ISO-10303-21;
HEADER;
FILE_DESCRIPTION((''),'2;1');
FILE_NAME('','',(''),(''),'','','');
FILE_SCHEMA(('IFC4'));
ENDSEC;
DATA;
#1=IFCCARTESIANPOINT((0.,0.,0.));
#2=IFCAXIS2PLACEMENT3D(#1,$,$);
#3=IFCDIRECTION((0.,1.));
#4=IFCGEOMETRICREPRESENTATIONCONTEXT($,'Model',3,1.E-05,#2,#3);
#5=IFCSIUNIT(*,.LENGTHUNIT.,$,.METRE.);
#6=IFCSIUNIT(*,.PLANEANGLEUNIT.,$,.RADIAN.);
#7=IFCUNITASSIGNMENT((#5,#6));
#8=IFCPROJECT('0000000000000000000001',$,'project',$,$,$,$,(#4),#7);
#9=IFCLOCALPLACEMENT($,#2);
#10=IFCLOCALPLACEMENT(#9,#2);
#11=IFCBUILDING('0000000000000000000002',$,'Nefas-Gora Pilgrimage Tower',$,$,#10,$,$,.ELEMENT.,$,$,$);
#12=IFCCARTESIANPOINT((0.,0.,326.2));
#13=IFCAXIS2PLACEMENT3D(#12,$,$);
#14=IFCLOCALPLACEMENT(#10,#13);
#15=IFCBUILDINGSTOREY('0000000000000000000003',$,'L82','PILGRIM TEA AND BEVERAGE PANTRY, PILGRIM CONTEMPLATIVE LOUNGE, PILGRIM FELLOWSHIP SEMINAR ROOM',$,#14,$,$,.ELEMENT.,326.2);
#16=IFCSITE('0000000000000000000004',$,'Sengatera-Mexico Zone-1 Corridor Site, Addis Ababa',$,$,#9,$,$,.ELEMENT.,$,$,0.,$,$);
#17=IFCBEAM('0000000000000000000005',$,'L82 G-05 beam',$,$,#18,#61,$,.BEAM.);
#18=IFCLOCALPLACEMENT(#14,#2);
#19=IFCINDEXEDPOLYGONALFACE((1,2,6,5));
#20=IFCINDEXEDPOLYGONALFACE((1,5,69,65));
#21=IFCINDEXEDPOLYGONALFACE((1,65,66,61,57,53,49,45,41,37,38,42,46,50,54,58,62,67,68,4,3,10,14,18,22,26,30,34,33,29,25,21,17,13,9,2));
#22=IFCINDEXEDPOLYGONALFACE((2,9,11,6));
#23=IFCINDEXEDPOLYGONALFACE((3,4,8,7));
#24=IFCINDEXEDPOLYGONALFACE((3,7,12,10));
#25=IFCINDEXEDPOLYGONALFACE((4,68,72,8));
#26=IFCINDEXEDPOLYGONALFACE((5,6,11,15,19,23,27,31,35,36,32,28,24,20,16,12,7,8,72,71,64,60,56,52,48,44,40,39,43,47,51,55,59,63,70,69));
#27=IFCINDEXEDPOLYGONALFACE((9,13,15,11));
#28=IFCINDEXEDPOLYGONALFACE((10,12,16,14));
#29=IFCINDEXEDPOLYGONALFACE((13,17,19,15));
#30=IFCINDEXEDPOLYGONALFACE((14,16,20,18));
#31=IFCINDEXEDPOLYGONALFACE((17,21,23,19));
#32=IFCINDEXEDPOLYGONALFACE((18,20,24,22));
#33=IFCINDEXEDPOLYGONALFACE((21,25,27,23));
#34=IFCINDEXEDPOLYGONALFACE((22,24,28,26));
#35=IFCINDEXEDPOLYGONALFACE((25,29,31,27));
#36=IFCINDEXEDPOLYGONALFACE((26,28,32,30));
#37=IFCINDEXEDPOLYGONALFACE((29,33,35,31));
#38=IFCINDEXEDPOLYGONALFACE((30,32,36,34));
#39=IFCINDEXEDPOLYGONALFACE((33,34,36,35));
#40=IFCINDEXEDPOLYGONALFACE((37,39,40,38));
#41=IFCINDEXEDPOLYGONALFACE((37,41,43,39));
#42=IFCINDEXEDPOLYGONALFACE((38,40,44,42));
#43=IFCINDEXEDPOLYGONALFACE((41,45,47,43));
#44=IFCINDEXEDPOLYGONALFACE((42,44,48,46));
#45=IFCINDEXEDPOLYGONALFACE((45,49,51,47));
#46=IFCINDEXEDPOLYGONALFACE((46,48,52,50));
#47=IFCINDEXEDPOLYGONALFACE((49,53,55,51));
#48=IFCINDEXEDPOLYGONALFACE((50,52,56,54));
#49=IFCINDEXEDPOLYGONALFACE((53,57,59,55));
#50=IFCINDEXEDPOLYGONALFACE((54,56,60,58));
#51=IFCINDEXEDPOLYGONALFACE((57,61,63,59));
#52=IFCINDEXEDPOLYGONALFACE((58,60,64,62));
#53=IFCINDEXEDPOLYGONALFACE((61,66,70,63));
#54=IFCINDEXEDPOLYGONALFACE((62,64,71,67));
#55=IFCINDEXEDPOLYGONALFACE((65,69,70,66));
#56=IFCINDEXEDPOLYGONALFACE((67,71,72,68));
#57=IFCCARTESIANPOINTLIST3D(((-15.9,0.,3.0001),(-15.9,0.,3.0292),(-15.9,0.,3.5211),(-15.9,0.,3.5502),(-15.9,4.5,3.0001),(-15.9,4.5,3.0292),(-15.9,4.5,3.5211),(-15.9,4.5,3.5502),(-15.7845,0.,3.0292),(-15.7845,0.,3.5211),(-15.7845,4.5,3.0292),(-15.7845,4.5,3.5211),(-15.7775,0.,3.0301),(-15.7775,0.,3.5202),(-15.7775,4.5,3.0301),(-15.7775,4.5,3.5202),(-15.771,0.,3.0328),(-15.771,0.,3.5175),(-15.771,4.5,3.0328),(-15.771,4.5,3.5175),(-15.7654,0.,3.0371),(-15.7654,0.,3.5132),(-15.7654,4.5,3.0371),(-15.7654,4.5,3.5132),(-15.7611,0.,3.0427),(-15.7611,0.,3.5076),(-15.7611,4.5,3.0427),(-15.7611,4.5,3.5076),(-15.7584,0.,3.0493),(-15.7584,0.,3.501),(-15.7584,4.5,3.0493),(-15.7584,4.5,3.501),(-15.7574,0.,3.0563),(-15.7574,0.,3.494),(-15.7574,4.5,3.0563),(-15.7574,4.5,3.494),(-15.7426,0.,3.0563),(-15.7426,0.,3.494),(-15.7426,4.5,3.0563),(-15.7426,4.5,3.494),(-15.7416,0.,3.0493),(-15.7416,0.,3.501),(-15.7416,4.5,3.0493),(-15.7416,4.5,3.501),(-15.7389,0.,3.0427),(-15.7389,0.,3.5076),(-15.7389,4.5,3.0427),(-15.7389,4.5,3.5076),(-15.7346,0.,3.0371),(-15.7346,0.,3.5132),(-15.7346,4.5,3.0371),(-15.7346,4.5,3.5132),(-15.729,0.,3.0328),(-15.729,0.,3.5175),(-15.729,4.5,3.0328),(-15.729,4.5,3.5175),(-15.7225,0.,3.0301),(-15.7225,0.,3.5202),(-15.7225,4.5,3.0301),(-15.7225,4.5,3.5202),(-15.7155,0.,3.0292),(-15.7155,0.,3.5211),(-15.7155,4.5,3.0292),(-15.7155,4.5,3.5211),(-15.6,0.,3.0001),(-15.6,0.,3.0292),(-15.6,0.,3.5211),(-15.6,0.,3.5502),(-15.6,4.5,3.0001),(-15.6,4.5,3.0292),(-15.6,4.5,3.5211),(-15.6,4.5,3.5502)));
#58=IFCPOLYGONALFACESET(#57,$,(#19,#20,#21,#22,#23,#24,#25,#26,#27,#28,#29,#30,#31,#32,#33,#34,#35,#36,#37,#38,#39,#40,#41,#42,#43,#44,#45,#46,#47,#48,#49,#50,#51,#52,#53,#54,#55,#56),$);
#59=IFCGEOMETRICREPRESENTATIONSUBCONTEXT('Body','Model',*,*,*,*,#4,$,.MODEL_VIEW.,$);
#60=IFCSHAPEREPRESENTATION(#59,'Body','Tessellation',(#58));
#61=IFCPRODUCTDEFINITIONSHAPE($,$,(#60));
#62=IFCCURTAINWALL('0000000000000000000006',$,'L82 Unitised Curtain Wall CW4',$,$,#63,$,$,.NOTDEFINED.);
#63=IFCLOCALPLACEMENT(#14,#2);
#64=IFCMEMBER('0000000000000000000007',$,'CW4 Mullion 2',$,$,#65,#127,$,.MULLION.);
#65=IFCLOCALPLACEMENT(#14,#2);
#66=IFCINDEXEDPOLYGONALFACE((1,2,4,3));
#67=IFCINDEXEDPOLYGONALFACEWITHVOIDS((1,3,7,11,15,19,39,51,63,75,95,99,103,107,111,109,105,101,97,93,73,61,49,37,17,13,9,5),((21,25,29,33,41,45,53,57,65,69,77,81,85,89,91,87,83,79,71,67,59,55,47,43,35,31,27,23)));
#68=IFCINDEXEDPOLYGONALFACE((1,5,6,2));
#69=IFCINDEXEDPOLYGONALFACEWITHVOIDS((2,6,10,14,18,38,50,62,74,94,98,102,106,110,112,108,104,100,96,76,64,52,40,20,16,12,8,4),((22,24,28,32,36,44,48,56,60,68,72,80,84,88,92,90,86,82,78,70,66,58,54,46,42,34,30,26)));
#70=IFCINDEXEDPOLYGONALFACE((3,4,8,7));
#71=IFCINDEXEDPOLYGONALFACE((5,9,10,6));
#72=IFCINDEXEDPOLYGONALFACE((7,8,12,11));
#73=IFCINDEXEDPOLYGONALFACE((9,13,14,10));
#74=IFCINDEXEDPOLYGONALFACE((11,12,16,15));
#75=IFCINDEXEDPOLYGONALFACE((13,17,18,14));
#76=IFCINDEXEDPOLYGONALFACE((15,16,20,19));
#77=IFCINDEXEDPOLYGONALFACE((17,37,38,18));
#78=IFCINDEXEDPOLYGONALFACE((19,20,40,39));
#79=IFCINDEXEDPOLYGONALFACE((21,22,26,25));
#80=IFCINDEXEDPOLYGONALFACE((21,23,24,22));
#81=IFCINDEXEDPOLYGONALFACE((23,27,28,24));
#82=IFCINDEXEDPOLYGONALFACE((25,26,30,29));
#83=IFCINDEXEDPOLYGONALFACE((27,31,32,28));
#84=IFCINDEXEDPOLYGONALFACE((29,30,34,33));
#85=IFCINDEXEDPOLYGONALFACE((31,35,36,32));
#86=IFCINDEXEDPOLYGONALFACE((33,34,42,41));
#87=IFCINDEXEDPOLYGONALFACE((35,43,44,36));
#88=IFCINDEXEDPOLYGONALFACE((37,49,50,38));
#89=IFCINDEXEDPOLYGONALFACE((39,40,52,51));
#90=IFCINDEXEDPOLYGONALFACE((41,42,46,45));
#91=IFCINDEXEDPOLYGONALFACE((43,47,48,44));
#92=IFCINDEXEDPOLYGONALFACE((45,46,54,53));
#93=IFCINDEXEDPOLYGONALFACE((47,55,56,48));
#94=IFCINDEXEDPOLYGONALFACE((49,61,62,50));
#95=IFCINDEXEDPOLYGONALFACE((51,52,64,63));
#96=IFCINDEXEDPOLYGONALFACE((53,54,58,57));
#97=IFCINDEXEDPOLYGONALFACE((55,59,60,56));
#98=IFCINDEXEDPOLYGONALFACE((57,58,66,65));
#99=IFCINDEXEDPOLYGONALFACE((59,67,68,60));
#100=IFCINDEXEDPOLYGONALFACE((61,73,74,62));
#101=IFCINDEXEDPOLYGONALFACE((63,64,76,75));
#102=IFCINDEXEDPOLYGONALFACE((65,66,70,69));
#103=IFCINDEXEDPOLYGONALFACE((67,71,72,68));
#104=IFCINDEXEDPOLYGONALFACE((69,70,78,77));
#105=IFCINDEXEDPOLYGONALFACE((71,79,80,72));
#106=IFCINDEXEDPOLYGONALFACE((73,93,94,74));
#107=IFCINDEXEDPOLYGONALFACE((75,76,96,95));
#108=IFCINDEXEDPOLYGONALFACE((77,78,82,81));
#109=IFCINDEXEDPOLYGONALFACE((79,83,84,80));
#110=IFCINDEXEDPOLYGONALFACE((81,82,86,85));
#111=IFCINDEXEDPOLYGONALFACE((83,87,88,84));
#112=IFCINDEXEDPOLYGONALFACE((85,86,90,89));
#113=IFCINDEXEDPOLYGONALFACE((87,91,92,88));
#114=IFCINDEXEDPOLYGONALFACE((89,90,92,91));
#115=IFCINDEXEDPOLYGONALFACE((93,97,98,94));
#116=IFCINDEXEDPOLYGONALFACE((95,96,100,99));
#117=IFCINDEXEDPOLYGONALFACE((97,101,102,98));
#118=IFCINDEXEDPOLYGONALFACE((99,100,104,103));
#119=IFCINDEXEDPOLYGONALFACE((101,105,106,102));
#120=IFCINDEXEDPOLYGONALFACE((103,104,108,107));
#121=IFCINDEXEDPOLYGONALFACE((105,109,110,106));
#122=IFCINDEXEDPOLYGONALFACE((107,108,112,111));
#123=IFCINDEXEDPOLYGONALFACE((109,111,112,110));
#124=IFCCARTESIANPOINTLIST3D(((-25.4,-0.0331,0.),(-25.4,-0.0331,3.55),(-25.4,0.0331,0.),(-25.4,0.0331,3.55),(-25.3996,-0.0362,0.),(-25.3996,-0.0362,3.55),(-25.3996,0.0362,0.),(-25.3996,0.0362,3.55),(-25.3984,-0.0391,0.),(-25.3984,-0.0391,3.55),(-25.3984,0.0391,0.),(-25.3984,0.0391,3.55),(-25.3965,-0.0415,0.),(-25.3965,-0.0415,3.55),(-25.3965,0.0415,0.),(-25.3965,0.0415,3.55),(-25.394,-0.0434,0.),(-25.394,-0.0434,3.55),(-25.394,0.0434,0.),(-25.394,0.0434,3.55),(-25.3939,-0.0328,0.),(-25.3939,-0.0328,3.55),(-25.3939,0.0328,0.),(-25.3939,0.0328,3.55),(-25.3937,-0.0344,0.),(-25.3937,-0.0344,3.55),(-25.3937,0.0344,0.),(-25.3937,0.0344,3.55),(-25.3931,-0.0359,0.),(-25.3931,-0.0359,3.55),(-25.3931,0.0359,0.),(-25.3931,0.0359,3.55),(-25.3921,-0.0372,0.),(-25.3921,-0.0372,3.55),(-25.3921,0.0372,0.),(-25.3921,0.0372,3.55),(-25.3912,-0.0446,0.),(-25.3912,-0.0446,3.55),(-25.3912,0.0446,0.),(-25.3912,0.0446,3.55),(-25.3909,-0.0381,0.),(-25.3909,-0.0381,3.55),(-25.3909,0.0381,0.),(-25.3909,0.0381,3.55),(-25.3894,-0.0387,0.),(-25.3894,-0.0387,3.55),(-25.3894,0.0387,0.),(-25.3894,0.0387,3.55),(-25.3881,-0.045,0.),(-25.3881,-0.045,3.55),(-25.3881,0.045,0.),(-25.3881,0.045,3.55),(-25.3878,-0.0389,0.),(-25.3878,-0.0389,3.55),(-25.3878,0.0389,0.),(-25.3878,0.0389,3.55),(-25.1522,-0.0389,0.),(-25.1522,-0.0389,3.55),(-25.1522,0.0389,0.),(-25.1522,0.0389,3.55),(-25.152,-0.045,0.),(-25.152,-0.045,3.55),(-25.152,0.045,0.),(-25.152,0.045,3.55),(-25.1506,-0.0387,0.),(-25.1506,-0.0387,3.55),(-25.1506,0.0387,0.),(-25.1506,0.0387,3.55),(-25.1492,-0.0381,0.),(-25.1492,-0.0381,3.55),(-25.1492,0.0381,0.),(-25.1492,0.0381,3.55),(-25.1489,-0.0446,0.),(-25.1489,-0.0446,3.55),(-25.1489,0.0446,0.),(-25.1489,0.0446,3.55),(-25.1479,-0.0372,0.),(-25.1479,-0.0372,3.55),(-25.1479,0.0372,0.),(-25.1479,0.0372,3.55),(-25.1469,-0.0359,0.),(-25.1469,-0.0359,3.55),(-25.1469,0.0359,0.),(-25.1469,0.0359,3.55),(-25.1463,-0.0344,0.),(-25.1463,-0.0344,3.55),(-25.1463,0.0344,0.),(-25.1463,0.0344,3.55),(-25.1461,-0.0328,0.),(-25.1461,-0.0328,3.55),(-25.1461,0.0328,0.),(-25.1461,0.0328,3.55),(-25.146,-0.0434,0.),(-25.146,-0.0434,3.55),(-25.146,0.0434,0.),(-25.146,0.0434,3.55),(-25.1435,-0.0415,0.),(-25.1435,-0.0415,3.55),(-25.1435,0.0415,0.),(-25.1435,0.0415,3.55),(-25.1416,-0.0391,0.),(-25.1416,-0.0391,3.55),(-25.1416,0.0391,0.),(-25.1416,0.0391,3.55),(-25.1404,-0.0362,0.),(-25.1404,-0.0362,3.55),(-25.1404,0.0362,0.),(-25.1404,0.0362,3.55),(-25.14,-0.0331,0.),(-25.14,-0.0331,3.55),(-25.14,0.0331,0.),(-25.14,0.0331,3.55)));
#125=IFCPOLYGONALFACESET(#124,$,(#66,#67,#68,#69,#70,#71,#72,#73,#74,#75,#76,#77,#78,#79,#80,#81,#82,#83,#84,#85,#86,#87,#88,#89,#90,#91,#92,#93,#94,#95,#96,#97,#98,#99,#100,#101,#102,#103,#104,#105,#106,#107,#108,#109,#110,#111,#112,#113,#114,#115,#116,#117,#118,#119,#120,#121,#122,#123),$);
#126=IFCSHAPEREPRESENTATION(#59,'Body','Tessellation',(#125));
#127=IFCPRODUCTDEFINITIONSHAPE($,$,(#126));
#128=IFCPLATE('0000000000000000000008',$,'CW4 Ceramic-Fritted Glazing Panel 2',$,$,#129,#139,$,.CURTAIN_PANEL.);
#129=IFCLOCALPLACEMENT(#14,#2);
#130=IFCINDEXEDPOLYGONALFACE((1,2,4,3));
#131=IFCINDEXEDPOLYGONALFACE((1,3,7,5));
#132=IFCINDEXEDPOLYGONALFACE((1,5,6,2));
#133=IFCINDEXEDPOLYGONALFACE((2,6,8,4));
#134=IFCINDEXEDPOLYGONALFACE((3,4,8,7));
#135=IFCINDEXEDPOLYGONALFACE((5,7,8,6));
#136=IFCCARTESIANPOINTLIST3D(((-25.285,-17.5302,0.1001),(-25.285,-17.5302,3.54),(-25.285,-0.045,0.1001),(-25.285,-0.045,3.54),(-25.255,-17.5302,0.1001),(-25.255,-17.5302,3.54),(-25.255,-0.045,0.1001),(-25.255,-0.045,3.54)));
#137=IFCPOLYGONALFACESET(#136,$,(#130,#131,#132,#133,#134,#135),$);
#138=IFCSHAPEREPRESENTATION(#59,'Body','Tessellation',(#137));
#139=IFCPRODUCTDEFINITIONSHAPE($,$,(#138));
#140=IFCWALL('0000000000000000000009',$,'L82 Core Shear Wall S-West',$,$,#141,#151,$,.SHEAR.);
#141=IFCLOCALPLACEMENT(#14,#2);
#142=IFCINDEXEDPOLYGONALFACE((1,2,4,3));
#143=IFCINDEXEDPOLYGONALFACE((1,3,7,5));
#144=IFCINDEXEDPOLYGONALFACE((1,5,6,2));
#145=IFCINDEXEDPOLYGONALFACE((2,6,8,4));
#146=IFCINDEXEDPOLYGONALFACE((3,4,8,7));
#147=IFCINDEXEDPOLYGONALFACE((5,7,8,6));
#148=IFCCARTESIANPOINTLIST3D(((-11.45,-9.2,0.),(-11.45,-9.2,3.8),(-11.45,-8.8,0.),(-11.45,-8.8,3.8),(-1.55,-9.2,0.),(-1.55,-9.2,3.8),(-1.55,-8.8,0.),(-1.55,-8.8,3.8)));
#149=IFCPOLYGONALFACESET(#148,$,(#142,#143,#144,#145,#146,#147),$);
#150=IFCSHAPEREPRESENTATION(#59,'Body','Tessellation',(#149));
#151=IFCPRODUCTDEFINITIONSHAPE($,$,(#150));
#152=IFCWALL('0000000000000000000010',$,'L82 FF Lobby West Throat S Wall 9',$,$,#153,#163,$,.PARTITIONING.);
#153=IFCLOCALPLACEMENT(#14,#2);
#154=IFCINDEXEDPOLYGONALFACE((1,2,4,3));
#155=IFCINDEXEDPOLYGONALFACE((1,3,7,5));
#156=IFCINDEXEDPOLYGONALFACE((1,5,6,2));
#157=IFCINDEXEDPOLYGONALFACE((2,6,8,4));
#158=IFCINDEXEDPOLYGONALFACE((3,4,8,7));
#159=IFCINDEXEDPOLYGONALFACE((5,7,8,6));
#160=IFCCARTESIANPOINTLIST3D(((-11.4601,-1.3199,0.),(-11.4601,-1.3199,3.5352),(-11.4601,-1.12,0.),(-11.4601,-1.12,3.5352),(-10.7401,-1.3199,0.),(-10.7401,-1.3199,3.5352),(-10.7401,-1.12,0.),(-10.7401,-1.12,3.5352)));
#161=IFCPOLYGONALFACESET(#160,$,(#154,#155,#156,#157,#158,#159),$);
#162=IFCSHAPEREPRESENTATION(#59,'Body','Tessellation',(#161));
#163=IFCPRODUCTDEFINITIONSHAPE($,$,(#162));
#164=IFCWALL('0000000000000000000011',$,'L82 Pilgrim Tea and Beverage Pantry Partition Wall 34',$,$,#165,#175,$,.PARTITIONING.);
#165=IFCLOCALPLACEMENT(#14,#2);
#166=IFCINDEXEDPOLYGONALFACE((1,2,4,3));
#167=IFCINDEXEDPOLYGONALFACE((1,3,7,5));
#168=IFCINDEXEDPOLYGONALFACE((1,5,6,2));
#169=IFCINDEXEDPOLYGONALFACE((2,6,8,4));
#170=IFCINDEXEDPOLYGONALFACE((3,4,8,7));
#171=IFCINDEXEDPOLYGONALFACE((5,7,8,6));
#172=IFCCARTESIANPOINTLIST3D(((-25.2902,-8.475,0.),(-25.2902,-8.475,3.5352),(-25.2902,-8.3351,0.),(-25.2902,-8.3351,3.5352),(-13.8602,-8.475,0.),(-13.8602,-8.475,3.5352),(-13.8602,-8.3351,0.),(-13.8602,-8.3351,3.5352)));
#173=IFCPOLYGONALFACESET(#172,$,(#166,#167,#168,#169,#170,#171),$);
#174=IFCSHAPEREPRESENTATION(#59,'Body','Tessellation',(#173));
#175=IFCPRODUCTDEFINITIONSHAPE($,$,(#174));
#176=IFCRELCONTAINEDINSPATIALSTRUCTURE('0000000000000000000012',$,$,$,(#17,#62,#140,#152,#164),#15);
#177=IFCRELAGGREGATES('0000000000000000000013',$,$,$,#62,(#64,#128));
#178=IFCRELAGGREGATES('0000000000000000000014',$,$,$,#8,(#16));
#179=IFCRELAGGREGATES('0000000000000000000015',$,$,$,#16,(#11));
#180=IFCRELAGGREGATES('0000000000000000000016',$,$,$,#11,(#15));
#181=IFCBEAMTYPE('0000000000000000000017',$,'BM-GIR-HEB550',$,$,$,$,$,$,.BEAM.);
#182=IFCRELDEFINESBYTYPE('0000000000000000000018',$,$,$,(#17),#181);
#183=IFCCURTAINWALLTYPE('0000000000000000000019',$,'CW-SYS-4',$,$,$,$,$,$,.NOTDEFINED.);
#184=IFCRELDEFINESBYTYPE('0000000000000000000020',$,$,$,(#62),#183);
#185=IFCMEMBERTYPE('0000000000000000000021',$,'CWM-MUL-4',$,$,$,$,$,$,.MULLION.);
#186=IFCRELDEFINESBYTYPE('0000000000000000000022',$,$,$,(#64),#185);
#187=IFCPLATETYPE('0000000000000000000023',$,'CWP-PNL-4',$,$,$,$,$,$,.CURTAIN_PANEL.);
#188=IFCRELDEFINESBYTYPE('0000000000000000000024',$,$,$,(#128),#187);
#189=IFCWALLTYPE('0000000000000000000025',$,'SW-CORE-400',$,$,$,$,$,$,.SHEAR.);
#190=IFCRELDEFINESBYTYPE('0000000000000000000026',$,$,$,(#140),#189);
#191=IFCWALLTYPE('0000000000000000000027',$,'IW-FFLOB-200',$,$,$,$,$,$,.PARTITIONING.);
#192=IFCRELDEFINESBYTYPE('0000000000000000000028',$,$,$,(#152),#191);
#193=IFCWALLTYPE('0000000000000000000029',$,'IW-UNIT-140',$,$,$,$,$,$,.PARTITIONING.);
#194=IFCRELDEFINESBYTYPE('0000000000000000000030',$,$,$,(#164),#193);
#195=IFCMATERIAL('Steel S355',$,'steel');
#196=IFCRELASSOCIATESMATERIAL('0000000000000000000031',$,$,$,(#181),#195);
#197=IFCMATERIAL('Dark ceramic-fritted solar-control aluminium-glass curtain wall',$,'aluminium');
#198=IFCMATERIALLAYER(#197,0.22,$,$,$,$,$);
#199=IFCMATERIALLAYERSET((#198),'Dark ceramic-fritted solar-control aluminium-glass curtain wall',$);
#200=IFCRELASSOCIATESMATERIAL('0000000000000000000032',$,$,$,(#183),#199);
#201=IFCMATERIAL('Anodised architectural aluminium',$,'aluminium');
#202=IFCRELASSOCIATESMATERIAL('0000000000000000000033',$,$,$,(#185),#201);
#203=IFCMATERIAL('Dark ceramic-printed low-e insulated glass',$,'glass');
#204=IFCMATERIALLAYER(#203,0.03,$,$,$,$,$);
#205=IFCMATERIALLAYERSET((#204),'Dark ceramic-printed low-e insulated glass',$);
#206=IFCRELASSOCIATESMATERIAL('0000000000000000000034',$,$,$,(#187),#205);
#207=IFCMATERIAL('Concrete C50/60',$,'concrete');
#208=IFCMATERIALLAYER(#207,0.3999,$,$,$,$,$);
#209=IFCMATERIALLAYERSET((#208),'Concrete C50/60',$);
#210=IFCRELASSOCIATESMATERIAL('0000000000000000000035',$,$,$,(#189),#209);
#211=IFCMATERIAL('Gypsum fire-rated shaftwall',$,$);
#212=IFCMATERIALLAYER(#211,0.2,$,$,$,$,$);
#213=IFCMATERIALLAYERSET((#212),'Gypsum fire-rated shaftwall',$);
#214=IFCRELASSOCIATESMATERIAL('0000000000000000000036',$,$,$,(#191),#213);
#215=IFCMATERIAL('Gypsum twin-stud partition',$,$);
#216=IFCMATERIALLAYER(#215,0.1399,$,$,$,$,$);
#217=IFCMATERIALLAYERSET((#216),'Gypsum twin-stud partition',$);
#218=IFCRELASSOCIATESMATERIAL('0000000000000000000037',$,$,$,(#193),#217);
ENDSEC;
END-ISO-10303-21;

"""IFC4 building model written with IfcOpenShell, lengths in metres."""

from ifc_helpers import new_model, si_unit, direction, frame, frame_2d, origin, origin_2d, place, context, subcontext, project, spatial, rectangle, hollow_rectangle, i_section, extrude, source, transform, mapped, material, layer, layer_set, material_profile, profile_set, type_object, element, aggregate, save


model = new_model("IFC4")

# Units and contexts
model_context = context("Model", 3, precision=1e-05, world=origin(), true_north=direction((0.0, 1.0)))
body_context = subcontext(model_context, "Body", "Model", "MODEL_VIEW")
ifc_project = project(units=[si_unit("LENGTHUNIT", "METRE"), si_unit("PLANEANGLEUNIT", "RADIAN")], contexts=[model_context])

# Site, building, storey
site_placement = place(None, origin())
site = spatial("IfcSite", under=ifc_project, at=site_placement, Name="Sengatera-Mexico Zone-1 Corridor Site, Addis Ababa", CompositionType="ELEMENT", RefElevation=0.0)
building_placement = place(site_placement, origin())
building = spatial("IfcBuilding", under=site, at=building_placement, Name="Nefas-Gora Pilgrimage Tower", CompositionType="ELEMENT")
storey_placement = place(building_placement, frame((0.0, 0.0, 326.2)))
storey = spatial("IfcBuildingStorey", under=building, at=storey_placement, Name="L82", Description="PILGRIM TEA AND BEVERAGE PANTRY, PILGRIM CONTEMPLATIVE LOUNGE, PILGRIM FELLOWSHIP SEMINAR ROOM", CompositionType="ELEMENT", Elevation=326.2)

# Shared definitions
ifc_material_1 = material(Name="Steel S355", Category="steel")

# Beam
ifc_material_profile_1 = material_profile(ifc_material_1, i_section(OverallWidth=0.3, OverallDepth=0.55, WebThickness=0.0149, FlangeThickness=0.0291, FilletRadius=0.0271, at=origin_2d()), Name="HEB 550")
ifc_profile_set_1 = profile_set([ifc_material_profile_1], Name="Steel S355")
beam_type_1 = type_object("IfcBeamType", Name="BM-GIR-HEB550", PredefinedType="BEAM", material=ifc_profile_set_1)
shared_shape_1 = source(origin(), body_context, "Body", "SweptSolid", [
    extrude(i_section(OverallWidth=0.3, OverallDepth=0.55, WebThickness=0.0149, FlangeThickness=0.0291, FilletRadius=0.0271, at=origin_2d()), origin(), (0.0, 0.0, 1.0), 4.5),
])
for number, where, z_axis, x_axis, name in (
    (1, (-15.75, 0.0, 3.2751), (0.0, 1.0, 0.0), (-1.0, 0.0, 0.0), "L82 G-05 beam"),
):
    element("IfcBeam", number, at=place(storey_placement, frame(where, z_axis=z_axis, x_axis=x_axis)), inside=storey, type_object=beam_type_1, Name=name, PredefinedType="BEAM", context=body_context, shape_type="MappedRepresentation", body=[
        mapped(shared_shape_1, transform((0.0, 0.0, 0.0), x_axis=(1.0, 0.0, 0.0), y_axis=(0.0, 1.0, 0.0), z_axis=(0.0, 0.0, 1.0), scale=1.0)),
    ])

# Curtain wall, member, plate
ifc_material_2 = material(Name="Dark ceramic-fritted solar-control aluminium-glass curtain wall", Category="aluminium")
ifc_layer_1 = layer(ifc_material_2, 0.22)
ifc_layer_set_1 = layer_set([ifc_layer_1], Name="Dark ceramic-fritted solar-control aluminium-glass curtain wall")
curtain_wall_type = type_object("IfcCurtainWallType", Name="CW-SYS-4", PredefinedType="NOTDEFINED", material=ifc_layer_set_1)
curtain_wall_placement = place(storey_placement, origin())
curtain_wall = element("IfcCurtainWall", 2, at=curtain_wall_placement, inside=storey, type_object=curtain_wall_type, Name="L82 Unitised Curtain Wall CW4", PredefinedType="NOTDEFINED")
ifc_material_3 = material(Name="Anodised architectural aluminium", Category="aluminium")
ifc_material_profile_2 = material_profile(ifc_material_3, hollow_rectangle(XDim=0.0901, YDim=0.26, WallThickness=0.0061, InnerFilletRadius=0.0061, OuterFilletRadius=0.012, at=origin_2d()), Name="ALU MULLION 90x260")
ifc_profile_set_2 = profile_set([ifc_material_profile_2], Name="Anodised architectural aluminium")
member_type = type_object("IfcMemberType", Name="CWM-MUL-4", PredefinedType="MULLION", material=ifc_profile_set_2)
shared_shape_2 = source(origin(), body_context, "Body", "SweptSolid", [
    extrude(hollow_rectangle(XDim=0.0901, YDim=0.26, WallThickness=0.0061, InnerFilletRadius=0.0061, OuterFilletRadius=0.012, at=origin_2d()), origin(), (0.0, 0.0, 1.0), 3.55),
])
member_placement = place(storey_placement, frame((-25.27, 0.0, 0.0), z_axis=(0.0, 0.0, 1.0), x_axis=(0.0, -1.0, 0.0)))
member = element("IfcMember", 3, at=member_placement, type_object=member_type, Name="CW4 Mullion 2", PredefinedType="MULLION", context=body_context, shape_type="MappedRepresentation", body=[
    mapped(shared_shape_2, transform((0.0, 0.0, 0.0), x_axis=(1.0, 0.0, 0.0), y_axis=(0.0, 1.0, 0.0), z_axis=(0.0, 0.0, 1.0), scale=1.0)),
])
ifc_material_4 = material(Name="Dark ceramic-printed low-e insulated glass", Category="glass")
ifc_layer_2 = layer(ifc_material_4, 0.03)
ifc_layer_set_2 = layer_set([ifc_layer_2], Name="Dark ceramic-printed low-e insulated glass")
plate_type = type_object("IfcPlateType", Name="CWP-PNL-4", PredefinedType="CURTAIN_PANEL", material=ifc_layer_set_2)
shared_shape_3 = source(origin(), body_context, "Body", "SweptSolid", [
    extrude(rectangle(XDim=17.4851, YDim=0.03, at=origin_2d()), origin(), (0.0, 0.0, 1.0), 3.4399),
])
plate_placement = place(storey_placement, frame((-25.27, -8.7876, 0.1001), z_axis=(0.0, 0.0, 1.0), x_axis=(0.0, -1.0, 0.0)))
plate = element("IfcPlate", 4, at=plate_placement, type_object=plate_type, Name="CW4 Ceramic-Fritted Glazing Panel 2", PredefinedType="CURTAIN_PANEL", context=body_context, shape_type="MappedRepresentation", body=[
    mapped(shared_shape_3, transform((0.0, 0.0, 0.0), x_axis=(1.0, 0.0, 0.0), y_axis=(0.0, 1.0, 0.0), z_axis=(0.0, 0.0, 1.0), scale=1.0)),
])
aggregate(curtain_wall, [member, plate])

# Walls
ifc_material_5 = material(Name="Concrete C50/60", Category="concrete")
ifc_layer_3 = layer(ifc_material_5, 0.3999)
ifc_layer_set_3 = layer_set([ifc_layer_3], Name="Concrete C50/60")
wall_type_1 = type_object("IfcWallType", Name="SW-CORE-400", PredefinedType="SHEAR", material=ifc_layer_set_3)
shared_shape_4 = source(origin(), body_context, "Body", "SweptSolid", [
    extrude(rectangle(XDim=9.8999, YDim=0.3999, at=frame_2d((4.95, 0.0))), origin(), (0.0, 0.0, 1.0), 3.8),
])
wall_1_placement = place(storey_placement, frame((-11.45, -9.0, 0.0), z_axis=(0.0, 0.0, 1.0), x_axis=(1.0, 0.0, 0.0)))
element("IfcWall", 5, at=wall_1_placement, inside=storey, type_object=wall_type_1, Name="L82 Core Shear Wall S-West", PredefinedType="SHEAR", context=body_context, shape_type="MappedRepresentation", body=[
    mapped(shared_shape_4, transform((0.0, 0.0, 0.0), x_axis=(1.0, 0.0, 0.0), y_axis=(0.0, 1.0, 0.0), z_axis=(0.0, 0.0, 1.0), scale=1.0)),
])
ifc_material_6 = material(Name="Gypsum fire-rated shaftwall")
ifc_layer_4 = layer(ifc_material_6, 0.2)
ifc_layer_set_4 = layer_set([ifc_layer_4], Name="Gypsum fire-rated shaftwall")
wall_type_2 = type_object("IfcWallType", Name="IW-FFLOB-200", PredefinedType="PARTITIONING", material=ifc_layer_set_4)
shared_shape_5 = source(origin(), body_context, "Body", "SweptSolid", [
    extrude(rectangle(XDim=0.72, YDim=0.2, at=frame_2d((0.3599, 0.0))), origin(), (0.0, 0.0, 1.0), 3.5352),
])
wall_2_placement = place(storey_placement, frame((-11.46, -1.22, 0.0), z_axis=(0.0, 0.0, 1.0), x_axis=(1.0, 0.0, 0.0)))
element("IfcWall", 6, at=wall_2_placement, inside=storey, type_object=wall_type_2, Name="L82 FF Lobby West Throat S Wall 9", PredefinedType="PARTITIONING", context=body_context, shape_type="MappedRepresentation", body=[
    mapped(shared_shape_5, transform((0.0, 0.0, 0.0), x_axis=(1.0, 0.0, 0.0), y_axis=(0.0, 1.0, 0.0), z_axis=(0.0, 0.0, 1.0), scale=1.0)),
])
ifc_material_7 = material(Name="Gypsum twin-stud partition")
ifc_layer_5 = layer(ifc_material_7, 0.1399)
ifc_layer_set_5 = layer_set([ifc_layer_5], Name="Gypsum twin-stud partition")
wall_type_3 = type_object("IfcWallType", Name="IW-UNIT-140", PredefinedType="PARTITIONING", material=ifc_layer_set_5)
shared_shape_6 = source(origin(), body_context, "Body", "SweptSolid", [
    extrude(rectangle(XDim=11.4299, YDim=0.1399, at=frame_2d((5.7148, 0.0))), origin(), (0.0, 0.0, 1.0), 3.5352),
])
for number, where, z_axis, x_axis, name in (
    (7, (-25.29, -8.405, 0.0), (0.0, 0.0, 1.0), (1.0, 0.0, 0.0), "L82 Pilgrim Tea and Beverage Pantry Partition Wall 34"),
):
    element("IfcWall", number, at=place(storey_placement, frame(where, z_axis=z_axis, x_axis=x_axis)), inside=storey, type_object=wall_type_3, Name=name, PredefinedType="PARTITIONING", context=body_context, shape_type="MappedRepresentation", body=[
        mapped(shared_shape_6, transform((0.0, 0.0, 0.0), x_axis=(1.0, 0.0, 0.0), y_axis=(0.0, 1.0, 0.0), z_axis=(0.0, 0.0, 1.0), scale=1.0)),
    ])

save(model, "model.ifc")
